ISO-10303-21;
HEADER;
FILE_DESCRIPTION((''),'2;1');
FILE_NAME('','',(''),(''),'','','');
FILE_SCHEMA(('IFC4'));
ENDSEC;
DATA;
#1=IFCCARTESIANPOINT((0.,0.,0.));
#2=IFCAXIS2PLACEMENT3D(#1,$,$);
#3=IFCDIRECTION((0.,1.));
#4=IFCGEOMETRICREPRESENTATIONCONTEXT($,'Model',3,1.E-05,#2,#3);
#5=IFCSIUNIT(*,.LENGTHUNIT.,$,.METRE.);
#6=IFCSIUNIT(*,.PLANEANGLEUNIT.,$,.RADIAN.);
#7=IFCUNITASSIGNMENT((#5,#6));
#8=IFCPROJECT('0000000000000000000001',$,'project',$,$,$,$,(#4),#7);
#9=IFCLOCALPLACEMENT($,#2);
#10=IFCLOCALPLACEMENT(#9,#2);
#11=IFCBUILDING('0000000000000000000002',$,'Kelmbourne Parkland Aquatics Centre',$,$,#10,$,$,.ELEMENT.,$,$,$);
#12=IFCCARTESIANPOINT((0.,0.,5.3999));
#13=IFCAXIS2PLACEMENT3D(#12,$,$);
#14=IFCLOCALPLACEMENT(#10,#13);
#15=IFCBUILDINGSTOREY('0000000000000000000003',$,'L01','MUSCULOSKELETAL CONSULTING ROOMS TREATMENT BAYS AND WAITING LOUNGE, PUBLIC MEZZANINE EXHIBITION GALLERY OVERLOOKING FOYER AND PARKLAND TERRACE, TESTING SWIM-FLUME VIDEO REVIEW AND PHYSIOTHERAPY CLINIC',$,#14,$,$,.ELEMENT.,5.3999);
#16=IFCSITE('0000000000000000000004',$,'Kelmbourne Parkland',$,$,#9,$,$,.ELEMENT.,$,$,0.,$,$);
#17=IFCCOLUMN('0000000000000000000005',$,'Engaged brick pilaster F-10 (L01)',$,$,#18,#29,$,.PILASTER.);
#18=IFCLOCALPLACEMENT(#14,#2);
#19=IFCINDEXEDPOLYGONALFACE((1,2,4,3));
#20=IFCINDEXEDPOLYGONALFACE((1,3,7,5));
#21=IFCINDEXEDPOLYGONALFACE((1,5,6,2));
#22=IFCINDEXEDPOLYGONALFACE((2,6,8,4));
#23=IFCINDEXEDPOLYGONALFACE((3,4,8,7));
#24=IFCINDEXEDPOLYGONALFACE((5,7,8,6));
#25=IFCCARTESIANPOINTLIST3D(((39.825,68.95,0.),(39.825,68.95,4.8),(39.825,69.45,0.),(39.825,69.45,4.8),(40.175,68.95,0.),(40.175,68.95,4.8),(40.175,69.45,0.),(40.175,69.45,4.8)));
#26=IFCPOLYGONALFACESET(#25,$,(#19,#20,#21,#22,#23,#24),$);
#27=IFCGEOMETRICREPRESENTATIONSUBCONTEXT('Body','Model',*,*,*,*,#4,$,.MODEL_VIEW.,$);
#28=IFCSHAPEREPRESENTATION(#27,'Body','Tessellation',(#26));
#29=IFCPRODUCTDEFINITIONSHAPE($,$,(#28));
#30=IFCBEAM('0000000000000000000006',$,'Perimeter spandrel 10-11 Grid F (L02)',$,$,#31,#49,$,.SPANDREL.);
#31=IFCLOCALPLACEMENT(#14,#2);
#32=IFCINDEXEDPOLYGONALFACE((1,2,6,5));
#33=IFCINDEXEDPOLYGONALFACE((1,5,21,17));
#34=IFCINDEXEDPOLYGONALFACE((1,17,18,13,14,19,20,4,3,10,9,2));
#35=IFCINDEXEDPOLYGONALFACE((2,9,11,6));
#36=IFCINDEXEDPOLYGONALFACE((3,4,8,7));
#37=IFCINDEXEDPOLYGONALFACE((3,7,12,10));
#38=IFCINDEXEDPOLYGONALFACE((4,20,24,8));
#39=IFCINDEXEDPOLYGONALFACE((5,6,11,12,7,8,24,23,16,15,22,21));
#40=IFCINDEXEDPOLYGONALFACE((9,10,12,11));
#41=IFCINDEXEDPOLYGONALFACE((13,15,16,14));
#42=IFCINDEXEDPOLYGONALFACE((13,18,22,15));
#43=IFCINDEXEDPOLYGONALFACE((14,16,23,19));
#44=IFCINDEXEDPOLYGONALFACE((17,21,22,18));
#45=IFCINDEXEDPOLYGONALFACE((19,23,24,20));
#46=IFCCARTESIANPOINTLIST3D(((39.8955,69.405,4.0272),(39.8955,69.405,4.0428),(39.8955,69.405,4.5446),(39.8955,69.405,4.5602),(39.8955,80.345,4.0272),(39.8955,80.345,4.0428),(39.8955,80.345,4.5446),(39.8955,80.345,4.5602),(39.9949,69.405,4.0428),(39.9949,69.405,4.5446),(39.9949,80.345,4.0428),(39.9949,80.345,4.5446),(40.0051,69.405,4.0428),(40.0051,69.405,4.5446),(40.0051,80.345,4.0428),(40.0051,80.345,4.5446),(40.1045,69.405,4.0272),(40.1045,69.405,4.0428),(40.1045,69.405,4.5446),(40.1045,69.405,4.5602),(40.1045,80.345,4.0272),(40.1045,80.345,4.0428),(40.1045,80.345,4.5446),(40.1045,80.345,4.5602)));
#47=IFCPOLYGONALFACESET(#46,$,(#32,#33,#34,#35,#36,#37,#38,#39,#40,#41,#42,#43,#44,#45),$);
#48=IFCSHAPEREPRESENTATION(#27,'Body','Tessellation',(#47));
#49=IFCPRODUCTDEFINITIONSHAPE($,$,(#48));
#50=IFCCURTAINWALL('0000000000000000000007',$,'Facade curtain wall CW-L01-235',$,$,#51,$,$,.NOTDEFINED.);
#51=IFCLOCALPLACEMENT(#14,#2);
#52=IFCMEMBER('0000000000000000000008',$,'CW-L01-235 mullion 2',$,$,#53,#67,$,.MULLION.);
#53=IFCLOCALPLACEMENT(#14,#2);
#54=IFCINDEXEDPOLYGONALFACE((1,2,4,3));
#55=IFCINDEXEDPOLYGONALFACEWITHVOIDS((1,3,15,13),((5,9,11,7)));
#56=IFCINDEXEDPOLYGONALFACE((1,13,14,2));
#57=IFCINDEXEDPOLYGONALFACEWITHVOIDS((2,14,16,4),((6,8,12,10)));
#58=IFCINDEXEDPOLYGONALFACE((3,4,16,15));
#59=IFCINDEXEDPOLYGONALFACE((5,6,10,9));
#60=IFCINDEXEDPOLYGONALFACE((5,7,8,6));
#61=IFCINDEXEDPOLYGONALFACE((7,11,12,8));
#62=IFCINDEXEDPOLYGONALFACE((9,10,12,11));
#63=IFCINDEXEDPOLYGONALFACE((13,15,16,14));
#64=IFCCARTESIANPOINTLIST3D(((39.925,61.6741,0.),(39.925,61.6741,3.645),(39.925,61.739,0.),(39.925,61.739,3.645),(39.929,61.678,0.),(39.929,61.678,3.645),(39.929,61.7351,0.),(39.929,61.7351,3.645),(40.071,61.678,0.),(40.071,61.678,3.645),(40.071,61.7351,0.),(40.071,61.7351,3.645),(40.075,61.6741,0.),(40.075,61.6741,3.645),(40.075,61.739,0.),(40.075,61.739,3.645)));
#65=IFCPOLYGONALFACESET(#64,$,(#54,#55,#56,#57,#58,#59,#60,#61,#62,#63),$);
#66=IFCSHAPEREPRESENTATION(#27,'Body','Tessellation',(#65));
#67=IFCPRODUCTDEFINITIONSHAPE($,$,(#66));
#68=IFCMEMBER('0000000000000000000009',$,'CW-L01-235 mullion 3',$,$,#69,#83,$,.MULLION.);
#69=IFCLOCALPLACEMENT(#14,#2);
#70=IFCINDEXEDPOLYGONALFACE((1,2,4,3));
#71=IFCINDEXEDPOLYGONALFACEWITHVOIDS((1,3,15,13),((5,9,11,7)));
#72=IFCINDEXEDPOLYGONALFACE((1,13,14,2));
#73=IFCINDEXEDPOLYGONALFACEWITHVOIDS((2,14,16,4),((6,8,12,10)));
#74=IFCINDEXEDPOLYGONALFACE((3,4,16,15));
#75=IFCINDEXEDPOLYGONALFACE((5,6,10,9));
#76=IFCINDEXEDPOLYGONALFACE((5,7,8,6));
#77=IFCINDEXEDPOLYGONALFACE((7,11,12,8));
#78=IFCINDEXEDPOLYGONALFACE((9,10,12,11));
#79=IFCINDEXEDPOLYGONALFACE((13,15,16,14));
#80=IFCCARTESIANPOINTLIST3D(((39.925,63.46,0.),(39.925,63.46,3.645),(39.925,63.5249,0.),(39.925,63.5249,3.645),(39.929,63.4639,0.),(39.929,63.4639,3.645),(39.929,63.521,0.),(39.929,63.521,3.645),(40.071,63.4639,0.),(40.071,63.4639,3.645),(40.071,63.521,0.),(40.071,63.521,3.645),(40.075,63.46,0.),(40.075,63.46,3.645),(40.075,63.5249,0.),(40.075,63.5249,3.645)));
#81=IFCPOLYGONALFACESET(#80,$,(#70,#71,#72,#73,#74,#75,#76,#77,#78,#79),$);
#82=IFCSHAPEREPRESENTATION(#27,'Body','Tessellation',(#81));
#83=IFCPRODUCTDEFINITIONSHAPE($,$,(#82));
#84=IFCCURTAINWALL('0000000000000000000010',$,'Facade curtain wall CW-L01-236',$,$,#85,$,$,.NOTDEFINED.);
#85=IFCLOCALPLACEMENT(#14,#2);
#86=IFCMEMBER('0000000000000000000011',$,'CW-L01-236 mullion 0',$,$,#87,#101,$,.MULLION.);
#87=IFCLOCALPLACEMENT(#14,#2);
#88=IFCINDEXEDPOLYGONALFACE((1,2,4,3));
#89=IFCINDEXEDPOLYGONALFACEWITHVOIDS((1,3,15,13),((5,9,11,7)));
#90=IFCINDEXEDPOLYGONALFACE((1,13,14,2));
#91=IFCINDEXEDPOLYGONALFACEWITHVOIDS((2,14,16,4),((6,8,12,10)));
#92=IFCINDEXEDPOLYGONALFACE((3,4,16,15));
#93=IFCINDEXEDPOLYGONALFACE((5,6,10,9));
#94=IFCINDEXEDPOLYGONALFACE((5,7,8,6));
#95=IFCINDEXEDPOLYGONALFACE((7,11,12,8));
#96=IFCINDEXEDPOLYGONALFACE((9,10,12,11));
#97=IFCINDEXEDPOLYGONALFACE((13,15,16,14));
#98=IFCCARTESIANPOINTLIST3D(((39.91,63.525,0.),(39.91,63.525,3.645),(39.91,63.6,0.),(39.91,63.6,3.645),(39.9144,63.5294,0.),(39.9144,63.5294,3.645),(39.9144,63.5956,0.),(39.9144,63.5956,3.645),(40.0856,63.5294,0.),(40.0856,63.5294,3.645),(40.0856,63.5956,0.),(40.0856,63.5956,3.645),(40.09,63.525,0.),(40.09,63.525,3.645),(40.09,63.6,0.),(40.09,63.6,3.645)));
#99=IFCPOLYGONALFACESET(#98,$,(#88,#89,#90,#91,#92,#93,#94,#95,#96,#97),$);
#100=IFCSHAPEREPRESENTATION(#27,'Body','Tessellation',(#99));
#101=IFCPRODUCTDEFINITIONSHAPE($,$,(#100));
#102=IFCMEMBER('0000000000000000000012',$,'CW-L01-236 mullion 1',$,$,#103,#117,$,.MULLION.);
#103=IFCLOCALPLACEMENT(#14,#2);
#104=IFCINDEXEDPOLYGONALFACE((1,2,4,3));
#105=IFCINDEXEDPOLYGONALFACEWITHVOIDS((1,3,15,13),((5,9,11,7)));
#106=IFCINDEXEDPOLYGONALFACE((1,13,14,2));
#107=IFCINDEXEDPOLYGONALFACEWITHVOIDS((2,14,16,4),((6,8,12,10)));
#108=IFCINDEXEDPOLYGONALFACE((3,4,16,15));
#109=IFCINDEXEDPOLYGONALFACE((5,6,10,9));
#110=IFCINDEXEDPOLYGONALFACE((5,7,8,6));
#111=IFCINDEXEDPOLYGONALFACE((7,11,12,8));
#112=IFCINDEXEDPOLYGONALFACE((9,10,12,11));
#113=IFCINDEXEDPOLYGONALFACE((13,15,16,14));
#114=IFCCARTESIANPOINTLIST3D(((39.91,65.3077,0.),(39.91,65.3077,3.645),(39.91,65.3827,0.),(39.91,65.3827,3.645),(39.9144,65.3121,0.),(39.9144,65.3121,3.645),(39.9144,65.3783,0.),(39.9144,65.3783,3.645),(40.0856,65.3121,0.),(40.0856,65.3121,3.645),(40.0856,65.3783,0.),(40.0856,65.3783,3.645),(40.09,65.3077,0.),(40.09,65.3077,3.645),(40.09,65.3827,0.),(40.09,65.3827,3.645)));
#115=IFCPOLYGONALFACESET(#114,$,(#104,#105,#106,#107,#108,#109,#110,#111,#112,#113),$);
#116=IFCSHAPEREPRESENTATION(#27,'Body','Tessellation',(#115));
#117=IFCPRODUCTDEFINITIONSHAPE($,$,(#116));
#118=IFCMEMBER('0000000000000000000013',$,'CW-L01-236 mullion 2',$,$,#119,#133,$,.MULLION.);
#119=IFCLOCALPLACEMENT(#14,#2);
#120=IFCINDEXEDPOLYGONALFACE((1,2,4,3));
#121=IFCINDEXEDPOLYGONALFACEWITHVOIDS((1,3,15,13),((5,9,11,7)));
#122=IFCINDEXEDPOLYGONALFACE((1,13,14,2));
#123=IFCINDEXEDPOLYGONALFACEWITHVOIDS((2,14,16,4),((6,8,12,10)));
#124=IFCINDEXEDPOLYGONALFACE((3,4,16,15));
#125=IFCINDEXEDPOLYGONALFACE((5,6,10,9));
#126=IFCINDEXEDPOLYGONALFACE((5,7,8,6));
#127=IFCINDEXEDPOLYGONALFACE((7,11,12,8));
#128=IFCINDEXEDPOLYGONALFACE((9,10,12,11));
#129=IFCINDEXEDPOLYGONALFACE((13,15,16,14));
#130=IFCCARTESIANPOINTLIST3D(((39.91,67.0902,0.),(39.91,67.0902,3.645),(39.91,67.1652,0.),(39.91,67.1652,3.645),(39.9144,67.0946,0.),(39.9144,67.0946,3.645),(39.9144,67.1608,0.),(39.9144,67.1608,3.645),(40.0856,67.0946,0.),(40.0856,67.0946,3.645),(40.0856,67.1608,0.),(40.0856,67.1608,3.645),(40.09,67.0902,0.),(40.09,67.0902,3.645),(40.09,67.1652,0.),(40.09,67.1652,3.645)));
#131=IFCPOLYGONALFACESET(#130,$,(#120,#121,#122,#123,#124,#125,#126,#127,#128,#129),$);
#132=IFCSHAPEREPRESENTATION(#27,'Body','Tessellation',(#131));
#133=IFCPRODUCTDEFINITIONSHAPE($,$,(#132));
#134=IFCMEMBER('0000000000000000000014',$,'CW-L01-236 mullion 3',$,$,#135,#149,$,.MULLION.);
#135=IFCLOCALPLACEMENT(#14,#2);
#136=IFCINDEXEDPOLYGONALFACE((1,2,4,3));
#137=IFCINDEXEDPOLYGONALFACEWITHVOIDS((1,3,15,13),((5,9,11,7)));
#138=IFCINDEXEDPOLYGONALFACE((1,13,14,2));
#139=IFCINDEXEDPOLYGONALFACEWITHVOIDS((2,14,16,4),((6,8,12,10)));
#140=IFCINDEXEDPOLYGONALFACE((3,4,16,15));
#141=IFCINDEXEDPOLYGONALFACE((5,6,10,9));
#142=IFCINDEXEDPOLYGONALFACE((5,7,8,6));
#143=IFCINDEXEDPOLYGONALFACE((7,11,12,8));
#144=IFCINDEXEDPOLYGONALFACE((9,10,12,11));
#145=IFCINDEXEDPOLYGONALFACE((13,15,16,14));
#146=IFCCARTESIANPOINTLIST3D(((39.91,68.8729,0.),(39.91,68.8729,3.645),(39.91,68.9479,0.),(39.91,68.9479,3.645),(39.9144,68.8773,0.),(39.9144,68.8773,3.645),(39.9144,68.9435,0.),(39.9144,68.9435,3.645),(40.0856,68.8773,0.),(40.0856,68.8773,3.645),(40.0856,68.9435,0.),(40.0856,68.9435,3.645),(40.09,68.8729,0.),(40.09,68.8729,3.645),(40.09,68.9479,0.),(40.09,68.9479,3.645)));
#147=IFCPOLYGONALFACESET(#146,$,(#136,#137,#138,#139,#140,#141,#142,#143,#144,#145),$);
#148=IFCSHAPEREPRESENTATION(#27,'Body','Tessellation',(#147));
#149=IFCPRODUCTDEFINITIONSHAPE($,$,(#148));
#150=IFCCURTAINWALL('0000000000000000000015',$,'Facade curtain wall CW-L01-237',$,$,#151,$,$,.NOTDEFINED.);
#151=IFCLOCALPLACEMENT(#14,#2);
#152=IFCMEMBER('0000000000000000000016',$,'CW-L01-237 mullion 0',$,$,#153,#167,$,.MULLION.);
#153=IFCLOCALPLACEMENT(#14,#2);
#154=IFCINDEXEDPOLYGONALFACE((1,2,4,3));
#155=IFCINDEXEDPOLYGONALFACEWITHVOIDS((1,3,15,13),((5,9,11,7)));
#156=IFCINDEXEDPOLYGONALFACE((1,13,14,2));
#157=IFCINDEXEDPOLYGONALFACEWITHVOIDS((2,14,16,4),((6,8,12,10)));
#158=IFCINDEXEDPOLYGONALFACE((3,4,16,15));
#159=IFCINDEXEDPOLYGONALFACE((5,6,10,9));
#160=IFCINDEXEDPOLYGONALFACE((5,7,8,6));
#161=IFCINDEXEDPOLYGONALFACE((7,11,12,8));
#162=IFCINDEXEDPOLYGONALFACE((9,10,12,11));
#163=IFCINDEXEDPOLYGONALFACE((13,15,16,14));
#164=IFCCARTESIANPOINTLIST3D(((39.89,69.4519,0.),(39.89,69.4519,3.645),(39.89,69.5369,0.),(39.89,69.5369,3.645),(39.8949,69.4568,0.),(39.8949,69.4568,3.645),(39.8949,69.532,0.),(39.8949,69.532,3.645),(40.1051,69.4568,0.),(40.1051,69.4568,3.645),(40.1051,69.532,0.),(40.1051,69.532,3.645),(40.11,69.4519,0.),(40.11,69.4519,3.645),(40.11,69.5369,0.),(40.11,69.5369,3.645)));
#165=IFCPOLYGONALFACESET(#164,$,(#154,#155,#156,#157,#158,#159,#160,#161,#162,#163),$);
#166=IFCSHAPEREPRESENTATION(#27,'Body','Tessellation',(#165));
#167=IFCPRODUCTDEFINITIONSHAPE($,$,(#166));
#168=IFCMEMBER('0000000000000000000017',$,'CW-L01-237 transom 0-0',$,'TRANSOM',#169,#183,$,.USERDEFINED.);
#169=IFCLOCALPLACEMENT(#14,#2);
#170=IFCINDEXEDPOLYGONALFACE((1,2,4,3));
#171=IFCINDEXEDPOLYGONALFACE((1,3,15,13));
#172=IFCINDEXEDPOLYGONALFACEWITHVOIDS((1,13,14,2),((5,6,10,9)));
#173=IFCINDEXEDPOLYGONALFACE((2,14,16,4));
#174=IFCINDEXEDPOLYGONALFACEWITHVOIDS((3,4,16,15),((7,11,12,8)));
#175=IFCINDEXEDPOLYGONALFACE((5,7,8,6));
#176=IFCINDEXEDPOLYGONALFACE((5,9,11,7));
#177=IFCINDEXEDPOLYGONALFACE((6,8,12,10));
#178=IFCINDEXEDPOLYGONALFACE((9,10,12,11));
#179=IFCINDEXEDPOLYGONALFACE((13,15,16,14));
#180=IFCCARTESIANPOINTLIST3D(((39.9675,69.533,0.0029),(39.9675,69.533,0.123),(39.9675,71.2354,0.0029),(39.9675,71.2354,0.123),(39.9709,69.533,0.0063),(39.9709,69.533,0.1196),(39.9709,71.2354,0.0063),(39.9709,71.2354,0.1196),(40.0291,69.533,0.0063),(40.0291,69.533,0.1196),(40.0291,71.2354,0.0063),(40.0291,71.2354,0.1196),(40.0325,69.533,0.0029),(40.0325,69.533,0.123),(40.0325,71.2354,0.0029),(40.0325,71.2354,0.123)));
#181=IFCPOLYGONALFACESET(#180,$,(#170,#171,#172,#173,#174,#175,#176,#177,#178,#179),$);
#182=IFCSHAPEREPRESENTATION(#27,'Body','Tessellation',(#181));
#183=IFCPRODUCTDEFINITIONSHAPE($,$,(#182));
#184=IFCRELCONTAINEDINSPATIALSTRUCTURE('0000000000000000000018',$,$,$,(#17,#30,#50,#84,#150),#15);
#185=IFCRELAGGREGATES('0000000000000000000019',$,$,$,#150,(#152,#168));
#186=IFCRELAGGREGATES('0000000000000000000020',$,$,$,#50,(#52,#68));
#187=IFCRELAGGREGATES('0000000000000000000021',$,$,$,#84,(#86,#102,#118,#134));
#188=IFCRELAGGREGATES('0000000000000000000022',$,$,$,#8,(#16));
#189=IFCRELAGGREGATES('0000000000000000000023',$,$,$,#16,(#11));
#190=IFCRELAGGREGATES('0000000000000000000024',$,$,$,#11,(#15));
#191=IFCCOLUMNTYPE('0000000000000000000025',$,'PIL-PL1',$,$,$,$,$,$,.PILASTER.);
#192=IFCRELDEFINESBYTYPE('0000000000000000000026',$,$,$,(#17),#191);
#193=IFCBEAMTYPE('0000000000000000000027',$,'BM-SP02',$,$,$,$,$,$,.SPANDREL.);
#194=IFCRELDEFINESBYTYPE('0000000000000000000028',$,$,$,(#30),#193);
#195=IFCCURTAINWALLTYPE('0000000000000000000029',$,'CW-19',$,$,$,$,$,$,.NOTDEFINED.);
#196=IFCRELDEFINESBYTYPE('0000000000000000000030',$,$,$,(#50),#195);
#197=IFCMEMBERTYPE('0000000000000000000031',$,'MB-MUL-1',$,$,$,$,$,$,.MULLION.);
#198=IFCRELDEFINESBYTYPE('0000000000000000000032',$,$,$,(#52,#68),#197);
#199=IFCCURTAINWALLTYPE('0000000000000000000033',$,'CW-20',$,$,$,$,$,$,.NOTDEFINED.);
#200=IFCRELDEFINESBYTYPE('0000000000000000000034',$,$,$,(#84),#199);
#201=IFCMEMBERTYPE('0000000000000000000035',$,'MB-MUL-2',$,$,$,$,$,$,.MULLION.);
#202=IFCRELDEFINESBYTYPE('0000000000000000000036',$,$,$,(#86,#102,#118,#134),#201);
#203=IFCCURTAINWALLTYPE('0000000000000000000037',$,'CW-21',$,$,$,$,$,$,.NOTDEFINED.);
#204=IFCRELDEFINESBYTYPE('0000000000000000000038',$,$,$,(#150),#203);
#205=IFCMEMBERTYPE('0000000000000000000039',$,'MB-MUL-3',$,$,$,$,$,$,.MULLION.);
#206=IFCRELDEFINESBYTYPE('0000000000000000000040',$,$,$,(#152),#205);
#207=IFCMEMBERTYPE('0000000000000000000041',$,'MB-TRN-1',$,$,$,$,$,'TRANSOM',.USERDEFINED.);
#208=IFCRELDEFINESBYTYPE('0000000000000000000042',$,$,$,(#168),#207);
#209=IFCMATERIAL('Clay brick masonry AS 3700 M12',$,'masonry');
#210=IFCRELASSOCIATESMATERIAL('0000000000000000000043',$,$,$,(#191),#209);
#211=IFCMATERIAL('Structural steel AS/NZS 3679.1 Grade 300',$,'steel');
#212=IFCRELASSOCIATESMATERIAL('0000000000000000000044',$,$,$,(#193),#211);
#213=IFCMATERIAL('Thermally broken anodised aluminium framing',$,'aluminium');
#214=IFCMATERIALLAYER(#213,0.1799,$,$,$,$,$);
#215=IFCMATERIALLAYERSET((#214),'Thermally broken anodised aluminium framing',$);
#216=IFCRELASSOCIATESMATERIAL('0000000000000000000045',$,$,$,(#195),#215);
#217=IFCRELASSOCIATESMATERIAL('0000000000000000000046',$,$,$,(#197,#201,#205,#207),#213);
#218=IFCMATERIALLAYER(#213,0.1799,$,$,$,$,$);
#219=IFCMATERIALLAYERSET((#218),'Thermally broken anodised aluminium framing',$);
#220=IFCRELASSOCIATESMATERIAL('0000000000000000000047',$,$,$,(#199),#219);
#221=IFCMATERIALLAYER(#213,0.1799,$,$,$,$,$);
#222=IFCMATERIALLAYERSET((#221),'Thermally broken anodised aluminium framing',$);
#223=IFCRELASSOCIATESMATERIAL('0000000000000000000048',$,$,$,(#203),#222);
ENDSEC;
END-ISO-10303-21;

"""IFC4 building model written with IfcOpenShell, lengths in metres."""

from ifc_helpers import new_model, si_unit, direction, frame, origin, origin_2d, place, context, subcontext, project, spatial, rectangle, hollow_rectangle, i_section, extrude, material, layer, layer_set, material_profile, profile_set, type_object, element, aggregate, save


model = new_model("IFC4")

# Units and contexts
model_context = context("Model", 3, precision=1e-05, world=origin(), true_north=direction((0.0, 1.0)))
body_context = subcontext(model_context, "Body", "Model", "MODEL_VIEW")
ifc_project = project(units=[si_unit("LENGTHUNIT", "METRE"), si_unit("PLANEANGLEUNIT", "RADIAN")], contexts=[model_context])

# Site, building, storey
site_placement = place(None, origin())
site = spatial("IfcSite", under=ifc_project, at=site_placement, Name="Kelmbourne Parkland", CompositionType="ELEMENT", RefElevation=0.0)
building_placement = place(site_placement, origin())
building = spatial("IfcBuilding", under=site, at=building_placement, Name="Kelmbourne Parkland Aquatics Centre", CompositionType="ELEMENT")
storey_placement = place(building_placement, frame((0.0, 0.0, 5.3999)))
storey = spatial("IfcBuildingStorey", under=building, at=storey_placement, Name="L01", Description="MUSCULOSKELETAL CONSULTING ROOMS TREATMENT BAYS AND WAITING LOUNGE, PUBLIC MEZZANINE EXHIBITION GALLERY OVERLOOKING FOYER AND PARKLAND TERRACE, TESTING SWIM-FLUME VIDEO REVIEW AND PHYSIOTHERAPY CLINIC", CompositionType="ELEMENT", Elevation=5.3999)

# Column
ifc_material_1 = material(Name="Clay brick masonry AS 3700 M12", Category="masonry")
ifc_material_profile_1 = material_profile(ifc_material_1, rectangle(XDim=0.3501, YDim=0.5, at=origin_2d()), Name="PIL 350x500")
ifc_profile_set_1 = profile_set([ifc_material_profile_1], Name="Clay brick masonry AS 3700 M12")
column_type = type_object("IfcColumnType", Name="PIL-PL1", PredefinedType="PILASTER", material=ifc_profile_set_1)
column_placement = place(storey_placement, frame((40.0, 69.2, 0.0), z_axis=(0.0, 0.0, 1.0), x_axis=(1.0, 0.0, 0.0)))
element("IfcColumn", 1, at=column_placement, inside=storey, type_object=column_type, Name="Engaged brick pilaster F-10 (L01)", PredefinedType="PILASTER", context=body_context, shape_type="SweptSolid", body=[
    extrude(rectangle(XDim=0.3501, YDim=0.5, at=origin_2d()), origin(), (0.0, 0.0, 1.0), 4.8),
])

# Beam
ifc_material_2 = material(Name="Structural steel AS/NZS 3679.1 Grade 300", Category="steel")
ifc_material_profile_2 = material_profile(ifc_material_2, i_section(OverallWidth=0.209, OverallDepth=0.533, WebThickness=0.0103, FlangeThickness=0.0156, at=origin_2d()), Name="530UB92.4")
ifc_profile_set_2 = profile_set([ifc_material_profile_2], Name="Structural steel AS/NZS 3679.1 Grade 300")
beam_type = type_object("IfcBeamType", Name="BM-SP02", PredefinedType="SPANDREL", material=ifc_profile_set_2)
beam_placement = place(storey_placement, frame((40.0, 69.405, 4.2937), z_axis=(0.0, 1.0, 0.0), x_axis=(-1.0, 0.0, 0.0)))
element("IfcBeam", 2, at=beam_placement, inside=storey, type_object=beam_type, Name="Perimeter spandrel 10-11 Grid F (L02)", PredefinedType="SPANDREL", context=body_context, shape_type="SweptSolid", body=[
    extrude(i_section(OverallWidth=0.209, OverallDepth=0.533, WebThickness=0.0103, FlangeThickness=0.0156, at=origin_2d()), origin(), (0.0, 0.0, 1.0), 10.9399),
])

# Curtain walls, members
ifc_material_3 = material(Name="Thermally broken anodised aluminium framing", Category="aluminium")
ifc_layer_1 = layer(ifc_material_3, 0.1799)
ifc_layer_set_1 = layer_set([ifc_layer_1], Name="Thermally broken anodised aluminium framing")
curtain_wall_type_1 = type_object("IfcCurtainWallType", Name="CW-19", PredefinedType="NOTDEFINED", material=ifc_layer_set_1)
curtain_wall_1_placement = place(storey_placement, origin())
curtain_wall_1 = element("IfcCurtainWall", 3, at=curtain_wall_1_placement, inside=storey, type_object=curtain_wall_type_1, Name="Facade curtain wall CW-L01-235", PredefinedType="NOTDEFINED")
ifc_material_profile_3 = material_profile(ifc_material_3, hollow_rectangle(XDim=0.0649, YDim=0.1499, WallThickness=0.0039, at=origin_2d()), Name="CW-M 65x150")
ifc_profile_set_3 = profile_set([ifc_material_profile_3], Name="Thermally broken anodised aluminium framing")
member_type_1 = type_object("IfcMemberType", Name="MB-MUL-1", PredefinedType="MULLION", material=ifc_profile_set_3)
member_1_placement = place(storey_placement, frame((40.0, 61.7065, 0.0), z_axis=(0.0, 0.0, 1.0), x_axis=(0.0, 1.0, 0.0)))
member_1 = element("IfcMember", 4, at=member_1_placement, type_object=member_type_1, Name="CW-L01-235 mullion 2", PredefinedType="MULLION", context=body_context, shape_type="SweptSolid", body=[
    extrude(hollow_rectangle(XDim=0.0649, YDim=0.1499, WallThickness=0.0039, at=origin_2d()), origin(), (0.0, 0.0, 1.0), 3.645),
])
member_2_placement = place(storey_placement, frame((40.0, 63.4924, 0.0), z_axis=(0.0, 0.0, 1.0), x_axis=(0.0, 1.0, 0.0)))
member_2 = element("IfcMember", 5, at=member_2_placement, type_object=member_type_1, Name="CW-L01-235 mullion 3", PredefinedType="MULLION", context=body_context, shape_type="SweptSolid", body=[
    extrude(hollow_rectangle(XDim=0.0649, YDim=0.1499, WallThickness=0.0039, at=origin_2d()), origin(), (0.0, 0.0, 1.0), 3.645),
])
ifc_layer_2 = layer(ifc_material_3, 0.1799)
ifc_layer_set_2 = layer_set([ifc_layer_2], Name="Thermally broken anodised aluminium framing")
curtain_wall_type_2 = type_object("IfcCurtainWallType", Name="CW-20", PredefinedType="NOTDEFINED", material=ifc_layer_set_2)
curtain_wall_2_placement = place(storey_placement, origin())
curtain_wall_2 = element("IfcCurtainWall", 6, at=curtain_wall_2_placement, inside=storey, type_object=curtain_wall_type_2, Name="Facade curtain wall CW-L01-236", PredefinedType="NOTDEFINED")
ifc_material_profile_4 = material_profile(ifc_material_3, hollow_rectangle(XDim=0.075, YDim=0.1799, WallThickness=0.0044, at=origin_2d()), Name="CW-M 75x180")
ifc_profile_set_4 = profile_set([ifc_material_profile_4], Name="Thermally broken anodised aluminium framing")
member_type_2 = type_object("IfcMemberType", Name="MB-MUL-2", PredefinedType="MULLION", material=ifc_profile_set_4)
member_3_placement = place(storey_placement, frame((40.0, 63.5625, 0.0), z_axis=(0.0, 0.0, 1.0), x_axis=(0.0, 1.0, 0.0)))
member_3 = element("IfcMember", 7, at=member_3_placement, type_object=member_type_2, Name="CW-L01-236 mullion 0", PredefinedType="MULLION", context=body_context, shape_type="SweptSolid", body=[
    extrude(hollow_rectangle(XDim=0.075, YDim=0.1799, WallThickness=0.0044, at=origin_2d()), origin(), (0.0, 0.0, 1.0), 3.645),
])
member_4_placement = place(storey_placement, frame((40.0, 65.3452, 0.0), z_axis=(0.0, 0.0, 1.0), x_axis=(0.0, 1.0, 0.0)))
member_4 = element("IfcMember", 8, at=member_4_placement, type_object=member_type_2, Name="CW-L01-236 mullion 1", PredefinedType="MULLION", context=body_context, shape_type="SweptSolid", body=[
    extrude(hollow_rectangle(XDim=0.075, YDim=0.1799, WallThickness=0.0044, at=origin_2d()), origin(), (0.0, 0.0, 1.0), 3.645),
])
member_5_placement = place(storey_placement, frame((40.0, 67.1277, 0.0), z_axis=(0.0, 0.0, 1.0), x_axis=(0.0, 1.0, 0.0)))
member_5 = element("IfcMember", 9, at=member_5_placement, type_object=member_type_2, Name="CW-L01-236 mullion 2", PredefinedType="MULLION", context=body_context, shape_type="SweptSolid", body=[
    extrude(hollow_rectangle(XDim=0.075, YDim=0.1799, WallThickness=0.0044, at=origin_2d()), origin(), (0.0, 0.0, 1.0), 3.645),
])
member_6_placement = place(storey_placement, frame((40.0, 68.9104, 0.0), z_axis=(0.0, 0.0, 1.0), x_axis=(0.0, 1.0, 0.0)))
member_6 = element("IfcMember", 10, at=member_6_placement, type_object=member_type_2, Name="CW-L01-236 mullion 3", PredefinedType="MULLION", context=body_context, shape_type="SweptSolid", body=[
    extrude(hollow_rectangle(XDim=0.075, YDim=0.1799, WallThickness=0.0044, at=origin_2d()), origin(), (0.0, 0.0, 1.0), 3.645),
])
ifc_layer_3 = layer(ifc_material_3, 0.1799)
ifc_layer_set_3 = layer_set([ifc_layer_3], Name="Thermally broken anodised aluminium framing")
curtain_wall_type_3 = type_object("IfcCurtainWallType", Name="CW-21", PredefinedType="NOTDEFINED", material=ifc_layer_set_3)
curtain_wall_3_placement = place(storey_placement, origin())
curtain_wall_3 = element("IfcCurtainWall", 11, at=curtain_wall_3_placement, inside=storey, type_object=curtain_wall_type_3, Name="Facade curtain wall CW-L01-237", PredefinedType="NOTDEFINED")
ifc_material_profile_5 = material_profile(ifc_material_3, hollow_rectangle(XDim=0.085, YDim=0.22, WallThickness=0.0049, at=origin_2d()), Name="CW-M 85x220")
ifc_profile_set_5 = profile_set([ifc_material_profile_5], Name="Thermally broken anodised aluminium framing")
member_type_3 = type_object("IfcMemberType", Name="MB-MUL-3", PredefinedType="MULLION", material=ifc_profile_set_5)
member_7_placement = place(storey_placement, frame((40.0, 69.4944, 0.0), z_axis=(0.0, 0.0, 1.0), x_axis=(0.0, 1.0, 0.0)))
member_7 = element("IfcMember", 12, at=member_7_placement, type_object=member_type_3, Name="CW-L01-237 mullion 0", PredefinedType="MULLION", context=body_context, shape_type="SweptSolid", body=[
    extrude(hollow_rectangle(XDim=0.085, YDim=0.22, WallThickness=0.0049, at=origin_2d()), origin(), (0.0, 0.0, 1.0), 3.645),
])
ifc_material_profile_6 = material_profile(ifc_material_3, hollow_rectangle(XDim=0.0649, YDim=0.1201, WallThickness=0.0034, at=origin_2d()), Name="CW-T 65x120")
ifc_profile_set_6 = profile_set([ifc_material_profile_6], Name="Thermally broken anodised aluminium framing")
member_type_4 = type_object("IfcMemberType", Name="MB-TRN-1", ElementType="TRANSOM", PredefinedType="USERDEFINED", material=ifc_profile_set_6)
member_8_placement = place(storey_placement, frame((40.0, 69.533, 0.063), z_axis=(0.0, 1.0, 0.0), x_axis=(-1.0, 0.0, 0.0)))
member_8 = element("IfcMember", 13, at=member_8_placement, type_object=member_type_4, Name="CW-L01-237 transom 0-0", ObjectType="TRANSOM", PredefinedType="USERDEFINED", context=body_context, shape_type="SweptSolid", body=[
    extrude(hollow_rectangle(XDim=0.0649, YDim=0.1201, WallThickness=0.0034, at=origin_2d()), origin(), (0.0, 0.0, 1.0), 1.7024),
])
aggregate(curtain_wall_3, [member_7, member_8])

aggregate(curtain_wall_1, [member_1, member_2])
aggregate(curtain_wall_2, [member_3, member_4, member_5, member_6])

save(model, "model.ifc")
